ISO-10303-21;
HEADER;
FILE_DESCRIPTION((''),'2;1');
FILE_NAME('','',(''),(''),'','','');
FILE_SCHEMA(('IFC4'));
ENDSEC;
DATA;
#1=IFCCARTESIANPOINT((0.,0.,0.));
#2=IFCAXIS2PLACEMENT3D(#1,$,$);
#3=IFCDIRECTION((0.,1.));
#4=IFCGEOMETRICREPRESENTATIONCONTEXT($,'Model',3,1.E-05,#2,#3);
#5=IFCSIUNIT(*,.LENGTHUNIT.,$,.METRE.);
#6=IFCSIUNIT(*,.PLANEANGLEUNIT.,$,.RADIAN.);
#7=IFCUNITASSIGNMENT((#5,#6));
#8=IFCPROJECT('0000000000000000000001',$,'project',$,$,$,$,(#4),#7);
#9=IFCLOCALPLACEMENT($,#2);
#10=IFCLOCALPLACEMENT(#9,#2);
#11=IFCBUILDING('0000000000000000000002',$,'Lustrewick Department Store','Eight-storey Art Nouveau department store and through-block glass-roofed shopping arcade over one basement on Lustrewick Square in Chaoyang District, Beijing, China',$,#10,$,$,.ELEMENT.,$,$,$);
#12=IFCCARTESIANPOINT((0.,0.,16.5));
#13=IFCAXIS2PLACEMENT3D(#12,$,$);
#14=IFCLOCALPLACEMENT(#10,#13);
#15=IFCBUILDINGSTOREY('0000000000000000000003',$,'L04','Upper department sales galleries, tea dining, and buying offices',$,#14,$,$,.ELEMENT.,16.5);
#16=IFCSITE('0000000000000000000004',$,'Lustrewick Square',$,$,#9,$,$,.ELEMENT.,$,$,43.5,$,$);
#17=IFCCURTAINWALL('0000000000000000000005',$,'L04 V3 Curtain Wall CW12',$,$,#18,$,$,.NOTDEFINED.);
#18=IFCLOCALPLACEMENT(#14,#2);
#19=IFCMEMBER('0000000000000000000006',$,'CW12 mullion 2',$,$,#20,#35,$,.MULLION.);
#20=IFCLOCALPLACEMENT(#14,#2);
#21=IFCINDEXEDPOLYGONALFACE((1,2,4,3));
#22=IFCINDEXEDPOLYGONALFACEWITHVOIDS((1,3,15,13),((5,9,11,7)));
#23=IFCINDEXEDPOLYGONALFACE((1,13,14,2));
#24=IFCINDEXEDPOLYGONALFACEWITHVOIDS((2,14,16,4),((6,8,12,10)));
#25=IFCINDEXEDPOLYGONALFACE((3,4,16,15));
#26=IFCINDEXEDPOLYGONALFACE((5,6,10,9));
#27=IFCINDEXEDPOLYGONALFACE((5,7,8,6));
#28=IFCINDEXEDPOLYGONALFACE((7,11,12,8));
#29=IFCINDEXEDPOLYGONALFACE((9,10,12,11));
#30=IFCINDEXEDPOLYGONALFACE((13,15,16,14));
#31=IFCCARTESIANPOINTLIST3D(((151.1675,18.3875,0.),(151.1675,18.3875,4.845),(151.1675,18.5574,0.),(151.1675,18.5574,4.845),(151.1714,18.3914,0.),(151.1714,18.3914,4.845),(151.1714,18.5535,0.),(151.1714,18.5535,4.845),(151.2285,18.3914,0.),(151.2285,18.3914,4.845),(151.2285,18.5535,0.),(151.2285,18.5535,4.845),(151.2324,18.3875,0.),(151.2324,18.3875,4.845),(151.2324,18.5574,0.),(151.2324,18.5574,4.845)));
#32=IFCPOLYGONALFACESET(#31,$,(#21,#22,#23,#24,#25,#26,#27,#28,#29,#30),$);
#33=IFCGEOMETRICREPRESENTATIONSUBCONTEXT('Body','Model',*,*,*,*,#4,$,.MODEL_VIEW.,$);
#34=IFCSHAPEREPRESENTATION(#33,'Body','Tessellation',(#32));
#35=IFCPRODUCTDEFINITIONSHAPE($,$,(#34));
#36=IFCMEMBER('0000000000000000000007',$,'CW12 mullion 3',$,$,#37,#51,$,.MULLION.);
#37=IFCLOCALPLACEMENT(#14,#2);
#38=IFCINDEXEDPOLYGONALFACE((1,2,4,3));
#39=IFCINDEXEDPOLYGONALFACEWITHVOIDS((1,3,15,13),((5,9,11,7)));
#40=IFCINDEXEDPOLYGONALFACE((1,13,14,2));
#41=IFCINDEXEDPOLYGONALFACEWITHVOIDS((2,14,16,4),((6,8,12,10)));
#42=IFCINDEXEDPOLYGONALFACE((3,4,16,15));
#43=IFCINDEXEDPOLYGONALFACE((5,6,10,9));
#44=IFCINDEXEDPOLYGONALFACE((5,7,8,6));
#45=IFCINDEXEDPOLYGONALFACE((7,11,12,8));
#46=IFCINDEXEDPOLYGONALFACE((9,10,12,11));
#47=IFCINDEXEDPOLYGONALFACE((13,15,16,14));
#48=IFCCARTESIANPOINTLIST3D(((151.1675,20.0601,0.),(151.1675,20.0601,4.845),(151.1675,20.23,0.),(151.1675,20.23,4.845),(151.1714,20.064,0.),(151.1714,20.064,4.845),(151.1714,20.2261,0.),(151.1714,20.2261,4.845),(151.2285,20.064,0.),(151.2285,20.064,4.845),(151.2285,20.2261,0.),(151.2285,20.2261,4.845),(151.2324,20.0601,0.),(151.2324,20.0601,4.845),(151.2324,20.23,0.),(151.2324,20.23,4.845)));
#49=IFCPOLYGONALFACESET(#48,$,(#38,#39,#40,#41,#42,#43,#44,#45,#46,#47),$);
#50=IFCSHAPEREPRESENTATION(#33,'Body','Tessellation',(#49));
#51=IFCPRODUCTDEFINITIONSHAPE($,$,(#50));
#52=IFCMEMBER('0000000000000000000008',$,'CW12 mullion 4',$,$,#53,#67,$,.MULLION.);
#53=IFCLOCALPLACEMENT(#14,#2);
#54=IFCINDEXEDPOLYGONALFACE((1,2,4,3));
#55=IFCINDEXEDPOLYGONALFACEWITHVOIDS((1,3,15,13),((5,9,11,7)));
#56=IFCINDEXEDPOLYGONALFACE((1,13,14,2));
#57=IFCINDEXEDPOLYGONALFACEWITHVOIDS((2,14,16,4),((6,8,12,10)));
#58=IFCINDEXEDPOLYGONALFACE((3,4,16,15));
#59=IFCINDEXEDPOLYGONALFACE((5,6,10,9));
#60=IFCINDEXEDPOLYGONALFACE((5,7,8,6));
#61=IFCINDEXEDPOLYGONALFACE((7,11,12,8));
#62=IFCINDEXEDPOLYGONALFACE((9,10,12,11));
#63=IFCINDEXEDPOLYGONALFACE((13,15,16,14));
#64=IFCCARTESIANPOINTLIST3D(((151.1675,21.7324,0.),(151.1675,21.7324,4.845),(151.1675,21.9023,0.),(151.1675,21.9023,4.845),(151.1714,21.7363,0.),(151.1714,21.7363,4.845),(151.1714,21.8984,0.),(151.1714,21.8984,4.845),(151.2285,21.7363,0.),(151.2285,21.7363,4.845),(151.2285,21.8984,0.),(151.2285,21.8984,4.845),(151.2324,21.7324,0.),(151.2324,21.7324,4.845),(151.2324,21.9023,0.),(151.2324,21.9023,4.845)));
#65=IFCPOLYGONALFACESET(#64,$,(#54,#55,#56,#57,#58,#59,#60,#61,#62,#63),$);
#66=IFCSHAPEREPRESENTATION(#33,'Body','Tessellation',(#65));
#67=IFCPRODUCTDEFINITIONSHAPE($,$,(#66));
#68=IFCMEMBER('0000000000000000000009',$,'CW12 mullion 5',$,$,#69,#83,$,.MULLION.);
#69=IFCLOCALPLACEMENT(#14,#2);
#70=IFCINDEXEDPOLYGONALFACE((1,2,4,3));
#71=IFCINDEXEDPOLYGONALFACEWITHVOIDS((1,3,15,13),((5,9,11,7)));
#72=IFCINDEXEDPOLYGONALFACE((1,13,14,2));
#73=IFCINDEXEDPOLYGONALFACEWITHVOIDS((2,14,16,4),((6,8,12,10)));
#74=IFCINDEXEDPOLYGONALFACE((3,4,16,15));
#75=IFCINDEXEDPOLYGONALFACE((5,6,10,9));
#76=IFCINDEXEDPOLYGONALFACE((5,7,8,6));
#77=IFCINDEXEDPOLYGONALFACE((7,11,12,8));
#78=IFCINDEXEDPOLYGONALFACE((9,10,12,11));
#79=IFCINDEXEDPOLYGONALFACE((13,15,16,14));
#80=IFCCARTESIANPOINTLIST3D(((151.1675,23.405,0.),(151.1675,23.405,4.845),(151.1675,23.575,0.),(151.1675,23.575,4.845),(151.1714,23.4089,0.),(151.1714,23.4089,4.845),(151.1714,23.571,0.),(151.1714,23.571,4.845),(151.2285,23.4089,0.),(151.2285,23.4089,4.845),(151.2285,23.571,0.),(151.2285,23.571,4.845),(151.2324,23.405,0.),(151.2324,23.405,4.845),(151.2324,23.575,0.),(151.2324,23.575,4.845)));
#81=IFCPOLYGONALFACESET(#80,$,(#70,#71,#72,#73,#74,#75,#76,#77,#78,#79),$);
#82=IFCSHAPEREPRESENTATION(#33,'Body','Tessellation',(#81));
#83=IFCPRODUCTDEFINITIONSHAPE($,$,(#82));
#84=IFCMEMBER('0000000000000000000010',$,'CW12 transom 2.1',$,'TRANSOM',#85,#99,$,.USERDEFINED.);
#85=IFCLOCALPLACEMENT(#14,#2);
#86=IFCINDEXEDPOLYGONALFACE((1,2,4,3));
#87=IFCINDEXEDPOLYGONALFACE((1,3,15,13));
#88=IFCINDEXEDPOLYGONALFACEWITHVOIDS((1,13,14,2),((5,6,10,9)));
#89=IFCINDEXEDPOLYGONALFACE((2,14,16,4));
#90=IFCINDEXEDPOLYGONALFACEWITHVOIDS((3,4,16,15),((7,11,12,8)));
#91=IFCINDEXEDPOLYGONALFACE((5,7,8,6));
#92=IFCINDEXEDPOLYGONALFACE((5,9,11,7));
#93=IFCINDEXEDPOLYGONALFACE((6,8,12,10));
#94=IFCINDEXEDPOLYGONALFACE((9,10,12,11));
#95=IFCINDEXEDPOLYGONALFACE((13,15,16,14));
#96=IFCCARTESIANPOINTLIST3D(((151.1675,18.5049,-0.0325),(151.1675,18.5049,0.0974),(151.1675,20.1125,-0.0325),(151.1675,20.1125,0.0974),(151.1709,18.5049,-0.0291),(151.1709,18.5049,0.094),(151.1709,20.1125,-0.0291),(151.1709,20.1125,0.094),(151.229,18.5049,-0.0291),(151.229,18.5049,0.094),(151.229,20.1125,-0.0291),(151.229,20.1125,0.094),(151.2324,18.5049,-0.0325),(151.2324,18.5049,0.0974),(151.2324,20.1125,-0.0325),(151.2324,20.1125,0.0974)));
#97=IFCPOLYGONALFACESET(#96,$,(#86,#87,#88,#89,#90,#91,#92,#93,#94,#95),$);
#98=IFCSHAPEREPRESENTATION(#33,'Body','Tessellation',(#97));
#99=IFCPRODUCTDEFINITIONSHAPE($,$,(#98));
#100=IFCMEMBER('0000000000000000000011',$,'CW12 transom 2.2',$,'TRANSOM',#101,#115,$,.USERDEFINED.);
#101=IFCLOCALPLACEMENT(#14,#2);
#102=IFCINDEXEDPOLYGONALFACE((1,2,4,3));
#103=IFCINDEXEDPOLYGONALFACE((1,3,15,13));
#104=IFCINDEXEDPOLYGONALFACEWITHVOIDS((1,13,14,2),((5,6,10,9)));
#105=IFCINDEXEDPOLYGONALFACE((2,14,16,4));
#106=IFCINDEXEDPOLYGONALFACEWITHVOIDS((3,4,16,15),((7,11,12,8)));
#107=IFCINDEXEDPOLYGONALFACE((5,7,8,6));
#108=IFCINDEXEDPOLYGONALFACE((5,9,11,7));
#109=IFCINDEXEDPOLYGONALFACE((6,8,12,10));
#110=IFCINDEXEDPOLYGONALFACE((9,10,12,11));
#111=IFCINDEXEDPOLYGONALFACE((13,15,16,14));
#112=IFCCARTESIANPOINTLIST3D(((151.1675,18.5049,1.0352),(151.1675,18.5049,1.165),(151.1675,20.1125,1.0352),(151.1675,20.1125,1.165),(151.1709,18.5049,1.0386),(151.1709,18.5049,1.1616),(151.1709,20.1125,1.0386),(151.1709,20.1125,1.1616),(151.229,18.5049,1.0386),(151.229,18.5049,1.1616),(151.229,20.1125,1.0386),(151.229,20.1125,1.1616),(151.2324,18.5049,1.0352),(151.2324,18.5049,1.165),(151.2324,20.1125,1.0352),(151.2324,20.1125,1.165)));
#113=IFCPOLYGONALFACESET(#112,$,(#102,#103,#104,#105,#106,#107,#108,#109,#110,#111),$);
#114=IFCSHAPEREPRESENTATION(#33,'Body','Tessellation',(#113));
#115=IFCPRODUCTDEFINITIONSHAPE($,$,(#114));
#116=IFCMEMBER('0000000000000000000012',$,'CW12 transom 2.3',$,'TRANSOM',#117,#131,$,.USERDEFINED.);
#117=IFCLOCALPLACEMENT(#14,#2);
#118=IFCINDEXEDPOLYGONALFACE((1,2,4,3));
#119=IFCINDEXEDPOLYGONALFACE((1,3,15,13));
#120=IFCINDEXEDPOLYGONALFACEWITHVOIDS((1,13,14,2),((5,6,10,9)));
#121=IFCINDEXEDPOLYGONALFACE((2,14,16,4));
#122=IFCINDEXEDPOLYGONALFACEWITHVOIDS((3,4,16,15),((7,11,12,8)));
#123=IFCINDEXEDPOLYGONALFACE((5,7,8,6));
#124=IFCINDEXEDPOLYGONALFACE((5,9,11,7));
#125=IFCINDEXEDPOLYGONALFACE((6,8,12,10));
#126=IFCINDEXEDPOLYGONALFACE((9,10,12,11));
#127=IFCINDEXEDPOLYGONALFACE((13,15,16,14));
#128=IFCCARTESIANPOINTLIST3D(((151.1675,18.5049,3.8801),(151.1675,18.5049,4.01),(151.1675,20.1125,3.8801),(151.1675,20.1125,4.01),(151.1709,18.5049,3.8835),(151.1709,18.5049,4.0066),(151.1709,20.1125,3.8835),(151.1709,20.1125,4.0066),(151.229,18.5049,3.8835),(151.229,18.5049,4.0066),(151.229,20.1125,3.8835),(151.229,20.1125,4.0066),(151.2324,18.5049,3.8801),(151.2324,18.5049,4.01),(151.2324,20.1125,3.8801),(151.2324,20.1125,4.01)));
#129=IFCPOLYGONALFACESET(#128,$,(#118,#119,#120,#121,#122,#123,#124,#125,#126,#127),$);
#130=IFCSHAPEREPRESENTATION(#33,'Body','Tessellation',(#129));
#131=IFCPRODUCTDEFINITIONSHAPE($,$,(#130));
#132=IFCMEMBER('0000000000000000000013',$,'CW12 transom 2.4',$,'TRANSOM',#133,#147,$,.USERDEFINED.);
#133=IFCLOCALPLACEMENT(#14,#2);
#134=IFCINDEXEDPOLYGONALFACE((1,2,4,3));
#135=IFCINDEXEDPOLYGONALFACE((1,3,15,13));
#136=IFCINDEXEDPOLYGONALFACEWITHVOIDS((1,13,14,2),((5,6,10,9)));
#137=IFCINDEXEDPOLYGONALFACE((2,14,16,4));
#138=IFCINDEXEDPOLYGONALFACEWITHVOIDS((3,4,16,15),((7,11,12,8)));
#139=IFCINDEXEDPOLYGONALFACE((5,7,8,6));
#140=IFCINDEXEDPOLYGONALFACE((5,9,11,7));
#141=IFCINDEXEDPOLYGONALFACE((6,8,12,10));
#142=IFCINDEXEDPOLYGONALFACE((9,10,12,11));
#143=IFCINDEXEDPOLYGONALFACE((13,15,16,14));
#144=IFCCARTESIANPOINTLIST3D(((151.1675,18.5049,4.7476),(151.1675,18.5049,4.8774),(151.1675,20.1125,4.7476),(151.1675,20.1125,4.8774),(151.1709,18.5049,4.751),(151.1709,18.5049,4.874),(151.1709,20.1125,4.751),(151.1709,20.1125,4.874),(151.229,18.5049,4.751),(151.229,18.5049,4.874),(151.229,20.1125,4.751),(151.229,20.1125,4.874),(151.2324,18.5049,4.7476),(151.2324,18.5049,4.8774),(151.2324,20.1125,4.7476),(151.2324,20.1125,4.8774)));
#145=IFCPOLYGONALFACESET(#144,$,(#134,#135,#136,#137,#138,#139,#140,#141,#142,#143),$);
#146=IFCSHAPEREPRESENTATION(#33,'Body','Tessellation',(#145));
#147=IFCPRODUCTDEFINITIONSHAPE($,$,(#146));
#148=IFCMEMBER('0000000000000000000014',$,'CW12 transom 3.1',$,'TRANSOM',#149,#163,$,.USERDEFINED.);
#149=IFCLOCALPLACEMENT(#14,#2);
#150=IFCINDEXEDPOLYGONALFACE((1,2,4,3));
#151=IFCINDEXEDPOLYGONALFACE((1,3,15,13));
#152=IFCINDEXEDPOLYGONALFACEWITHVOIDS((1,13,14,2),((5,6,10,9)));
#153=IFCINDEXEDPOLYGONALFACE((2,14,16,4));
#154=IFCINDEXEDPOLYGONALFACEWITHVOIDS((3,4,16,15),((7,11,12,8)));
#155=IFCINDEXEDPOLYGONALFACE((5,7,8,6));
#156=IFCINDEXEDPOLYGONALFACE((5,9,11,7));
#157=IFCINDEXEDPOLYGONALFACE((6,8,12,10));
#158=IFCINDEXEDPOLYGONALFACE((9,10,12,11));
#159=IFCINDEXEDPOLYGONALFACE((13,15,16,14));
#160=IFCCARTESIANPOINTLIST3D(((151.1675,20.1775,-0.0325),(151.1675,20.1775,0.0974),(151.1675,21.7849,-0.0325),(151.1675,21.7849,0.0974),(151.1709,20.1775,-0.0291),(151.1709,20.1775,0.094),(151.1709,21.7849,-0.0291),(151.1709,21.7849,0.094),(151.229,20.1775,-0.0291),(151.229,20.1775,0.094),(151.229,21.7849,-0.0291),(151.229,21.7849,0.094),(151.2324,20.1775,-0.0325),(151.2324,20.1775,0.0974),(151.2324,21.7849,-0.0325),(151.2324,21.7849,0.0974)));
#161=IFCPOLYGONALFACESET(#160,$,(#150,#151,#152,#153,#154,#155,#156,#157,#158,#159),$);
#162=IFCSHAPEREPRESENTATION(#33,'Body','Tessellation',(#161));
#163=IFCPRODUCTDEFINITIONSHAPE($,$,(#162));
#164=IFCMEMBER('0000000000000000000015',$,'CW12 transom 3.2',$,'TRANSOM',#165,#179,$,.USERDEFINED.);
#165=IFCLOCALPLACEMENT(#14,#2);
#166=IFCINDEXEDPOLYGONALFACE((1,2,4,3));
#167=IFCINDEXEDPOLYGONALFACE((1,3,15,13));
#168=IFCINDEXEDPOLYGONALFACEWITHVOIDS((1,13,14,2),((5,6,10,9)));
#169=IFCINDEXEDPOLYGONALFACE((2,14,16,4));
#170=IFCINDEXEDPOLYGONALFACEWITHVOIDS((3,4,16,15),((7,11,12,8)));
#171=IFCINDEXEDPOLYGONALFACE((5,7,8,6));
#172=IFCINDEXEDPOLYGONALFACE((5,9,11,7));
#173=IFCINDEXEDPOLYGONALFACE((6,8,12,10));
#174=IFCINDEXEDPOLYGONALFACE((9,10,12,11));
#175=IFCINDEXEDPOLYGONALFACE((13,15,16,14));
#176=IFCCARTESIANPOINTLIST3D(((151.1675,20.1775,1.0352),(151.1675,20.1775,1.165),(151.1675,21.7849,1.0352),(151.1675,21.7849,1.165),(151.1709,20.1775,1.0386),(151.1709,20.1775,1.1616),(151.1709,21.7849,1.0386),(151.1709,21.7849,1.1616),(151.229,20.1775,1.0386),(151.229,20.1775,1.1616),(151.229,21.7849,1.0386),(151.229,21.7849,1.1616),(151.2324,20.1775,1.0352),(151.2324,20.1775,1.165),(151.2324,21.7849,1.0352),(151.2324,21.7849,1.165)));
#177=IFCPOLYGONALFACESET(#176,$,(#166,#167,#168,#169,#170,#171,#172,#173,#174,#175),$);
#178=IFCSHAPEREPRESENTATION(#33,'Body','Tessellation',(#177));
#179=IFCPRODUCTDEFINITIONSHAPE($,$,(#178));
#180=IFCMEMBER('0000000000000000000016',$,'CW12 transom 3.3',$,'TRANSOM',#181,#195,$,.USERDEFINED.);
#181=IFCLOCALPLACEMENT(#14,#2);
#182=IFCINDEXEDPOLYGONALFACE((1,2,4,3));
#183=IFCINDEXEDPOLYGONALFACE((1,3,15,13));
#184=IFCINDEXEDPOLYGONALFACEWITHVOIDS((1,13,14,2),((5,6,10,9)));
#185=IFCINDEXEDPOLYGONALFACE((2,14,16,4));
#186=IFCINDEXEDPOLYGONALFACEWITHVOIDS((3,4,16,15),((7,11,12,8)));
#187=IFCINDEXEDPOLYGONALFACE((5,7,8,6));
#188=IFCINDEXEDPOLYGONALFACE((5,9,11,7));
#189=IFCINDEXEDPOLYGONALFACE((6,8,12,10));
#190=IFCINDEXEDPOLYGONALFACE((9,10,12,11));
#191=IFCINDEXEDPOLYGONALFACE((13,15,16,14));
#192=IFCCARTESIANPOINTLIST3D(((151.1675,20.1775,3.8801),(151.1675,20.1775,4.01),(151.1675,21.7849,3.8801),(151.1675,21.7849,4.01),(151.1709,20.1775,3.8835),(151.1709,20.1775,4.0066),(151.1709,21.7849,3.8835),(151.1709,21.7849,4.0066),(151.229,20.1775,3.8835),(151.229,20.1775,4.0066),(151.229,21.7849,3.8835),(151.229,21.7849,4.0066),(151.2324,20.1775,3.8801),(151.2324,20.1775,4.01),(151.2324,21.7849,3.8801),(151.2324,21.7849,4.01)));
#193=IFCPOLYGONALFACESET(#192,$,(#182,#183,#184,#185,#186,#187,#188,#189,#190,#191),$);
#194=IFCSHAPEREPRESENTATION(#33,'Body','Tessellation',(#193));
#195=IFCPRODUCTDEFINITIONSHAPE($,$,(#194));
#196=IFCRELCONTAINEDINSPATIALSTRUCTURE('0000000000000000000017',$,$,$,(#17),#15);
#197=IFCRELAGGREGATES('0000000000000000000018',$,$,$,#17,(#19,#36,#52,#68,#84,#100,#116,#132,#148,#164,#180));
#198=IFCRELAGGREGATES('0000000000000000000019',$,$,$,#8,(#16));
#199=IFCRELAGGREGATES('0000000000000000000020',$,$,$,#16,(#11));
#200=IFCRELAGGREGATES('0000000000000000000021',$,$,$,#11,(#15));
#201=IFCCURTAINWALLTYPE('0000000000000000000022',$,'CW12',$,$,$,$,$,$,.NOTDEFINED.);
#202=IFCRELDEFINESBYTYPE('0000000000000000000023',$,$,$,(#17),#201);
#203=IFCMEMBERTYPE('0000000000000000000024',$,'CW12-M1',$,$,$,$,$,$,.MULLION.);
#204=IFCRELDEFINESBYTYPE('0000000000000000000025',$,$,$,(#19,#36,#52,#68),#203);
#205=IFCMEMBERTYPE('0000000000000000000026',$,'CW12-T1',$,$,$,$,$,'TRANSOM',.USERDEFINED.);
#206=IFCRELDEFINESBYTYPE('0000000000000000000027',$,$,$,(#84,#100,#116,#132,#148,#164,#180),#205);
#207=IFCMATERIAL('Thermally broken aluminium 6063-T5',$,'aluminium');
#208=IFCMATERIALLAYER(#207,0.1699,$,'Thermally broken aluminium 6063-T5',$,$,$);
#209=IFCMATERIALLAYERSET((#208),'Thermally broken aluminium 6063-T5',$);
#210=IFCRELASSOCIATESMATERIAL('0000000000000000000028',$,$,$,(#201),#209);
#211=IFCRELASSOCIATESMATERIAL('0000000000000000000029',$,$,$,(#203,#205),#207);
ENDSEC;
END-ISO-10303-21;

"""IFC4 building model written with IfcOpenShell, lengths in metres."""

from ifc_helpers import new_model, si_unit, direction, frame, origin, origin_2d, place, context, subcontext, project, spatial, hollow_rectangle, extrude, material, layer, layer_set, material_profile, profile_set, type_object, element, aggregate, save


model = new_model("IFC4")

# Units and contexts
model_context = context("Model", 3, precision=1e-05, world=origin(), true_north=direction((0.0, 1.0)))
body_context = subcontext(model_context, "Body", "Model", "MODEL_VIEW")
ifc_project = project(units=[si_unit("LENGTHUNIT", "METRE"), si_unit("PLANEANGLEUNIT", "RADIAN")], contexts=[model_context])

# Site, building, storey
site_placement = place(None, origin())
site = spatial("IfcSite", under=ifc_project, at=site_placement, Name="Lustrewick Square", CompositionType="ELEMENT", RefElevation=43.5)
building_placement = place(site_placement, origin())
building = spatial("IfcBuilding", under=site, at=building_placement, Name="Lustrewick Department Store", Description="Eight-storey Art Nouveau department store and through-block glass-roofed shopping arcade over one basement on Lustrewick Square in Chaoyang District, Beijing, China", CompositionType="ELEMENT")
storey_placement = place(building_placement, frame((0.0, 0.0, 16.5)))
storey = spatial("IfcBuildingStorey", under=building, at=storey_placement, Name="L04", Description="Upper department sales galleries, tea dining, and buying offices", CompositionType="ELEMENT", Elevation=16.5)

# Curtain wall, members
ifc_material_1 = material(Name="Thermally broken aluminium 6063-T5", Category="aluminium")
ifc_layer_1 = layer(ifc_material_1, 0.1699, Name="Thermally broken aluminium 6063-T5")
ifc_layer_set_1 = layer_set([ifc_layer_1], Name="Thermally broken aluminium 6063-T5")
curtain_wall_type = type_object("IfcCurtainWallType", Name="CW12", PredefinedType="NOTDEFINED", material=ifc_layer_set_1)
curtain_wall_placement = place(storey_placement, origin())
curtain_wall = element("IfcCurtainWall", 1, at=curtain_wall_placement, inside=storey, type_object=curtain_wall_type, Name="L04 V3 Curtain Wall CW12", PredefinedType="NOTDEFINED")
ifc_material_profile_1 = material_profile(ifc_material_1, hollow_rectangle(XDim=0.0649, YDim=0.1699, WallThickness=0.0039, at=origin_2d()), Name="ALU-M 65x170x4")
ifc_profile_set_1 = profile_set([ifc_material_profile_1], Name="Thermally broken aluminium 6063-T5")
member_type_1 = type_object("IfcMemberType", Name="CW12-M1", PredefinedType="MULLION", material=ifc_profile_set_1)
member_1_placement = place(storey_placement, frame((151.2, 18.4724, 0.0), z_axis=(0.0, 0.0, 1.0), x_axis=(-1.0, 0.0, 0.0)))
member_1 = element("IfcMember", 2, at=member_1_placement, type_object=member_type_1, Name="CW12 mullion 2", PredefinedType="MULLION", context=body_context, shape_type="SweptSolid", body=[
    extrude(hollow_rectangle(XDim=0.0649, YDim=0.1699, WallThickness=0.0039, at=origin_2d()), origin(), (0.0, 0.0, 1.0), 4.845),
])
member_2_placement = place(storey_placement, frame((151.2, 20.145, 0.0), z_axis=(0.0, 0.0, 1.0), x_axis=(-1.0, 0.0, 0.0)))
member_2 = element("IfcMember", 3, at=member_2_placement, type_object=member_type_1, Name="CW12 mullion 3", PredefinedType="MULLION", context=body_context, shape_type="SweptSolid", body=[
    extrude(hollow_rectangle(XDim=0.0649, YDim=0.1699, WallThickness=0.0039, at=origin_2d()), origin(), (0.0, 0.0, 1.0), 4.845),
])
member_3_placement = place(storey_placement, frame((151.2, 21.8174, 0.0), z_axis=(0.0, 0.0, 1.0), x_axis=(-1.0, 0.0, 0.0)))
member_3 = element("IfcMember", 4, at=member_3_placement, type_object=member_type_1, Name="CW12 mullion 4", PredefinedType="MULLION", context=body_context, shape_type="SweptSolid", body=[
    extrude(hollow_rectangle(XDim=0.0649, YDim=0.1699, WallThickness=0.0039, at=origin_2d()), origin(), (0.0, 0.0, 1.0), 4.845),
])
member_4_placement = place(storey_placement, frame((151.2, 23.49, 0.0), z_axis=(0.0, 0.0, 1.0), x_axis=(-1.0, 0.0, 0.0)))
member_4 = element("IfcMember", 5, at=member_4_placement, type_object=member_type_1, Name="CW12 mullion 5", PredefinedType="MULLION", context=body_context, shape_type="SweptSolid", body=[
    extrude(hollow_rectangle(XDim=0.0649, YDim=0.1699, WallThickness=0.0039, at=origin_2d()), origin(), (0.0, 0.0, 1.0), 4.845),
])
ifc_material_profile_2 = material_profile(ifc_material_1, hollow_rectangle(XDim=0.0649, YDim=0.1299, WallThickness=0.0034, at=origin_2d()), Name="ALU-T 65x130x3.5")
ifc_profile_set_2 = profile_set([ifc_material_profile_2], Name="Thermally broken aluminium 6063-T5")
member_type_2 = type_object("IfcMemberType", Name="CW12-T1", ElementType="TRANSOM", PredefinedType="USERDEFINED", material=ifc_profile_set_2)
member_5_placement = place(storey_placement, frame((151.2, 18.5049, 0.0325), z_axis=(0.0, 1.0, 0.0), x_axis=(-1.0, 0.0, 0.0)))
member_5 = element("IfcMember", 6, at=member_5_placement, type_object=member_type_2, Name="CW12 transom 2.1", ObjectType="TRANSOM", PredefinedType="USERDEFINED", context=body_context, shape_type="SweptSolid", body=[
    extrude(hollow_rectangle(XDim=0.0649, YDim=0.1299, WallThickness=0.0034, at=origin_2d()), origin(), (0.0, 0.0, 1.0), 1.6077),
])
member_6_placement = place(storey_placement, frame((151.2, 18.5049, 1.1001), z_axis=(0.0, 1.0, 0.0), x_axis=(-1.0, 0.0, 0.0)))
member_6 = element("IfcMember", 7, at=member_6_placement, type_object=member_type_2, Name="CW12 transom 2.2", ObjectType="TRANSOM", PredefinedType="USERDEFINED", context=body_context, shape_type="SweptSolid", body=[
    extrude(hollow_rectangle(XDim=0.0649, YDim=0.1299, WallThickness=0.0034, at=origin_2d()), origin(), (0.0, 0.0, 1.0), 1.6077),
])
member_7_placement = place(storey_placement, frame((151.2, 18.5049, 3.9451), z_axis=(0.0, 1.0, 0.0), x_axis=(-1.0, 0.0, 0.0)))
member_7 = element("IfcMember", 8, at=member_7_placement, type_object=member_type_2, Name="CW12 transom 2.3", ObjectType="TRANSOM", PredefinedType="USERDEFINED", context=body_context, shape_type="SweptSolid", body=[
    extrude(hollow_rectangle(XDim=0.0649, YDim=0.1299, WallThickness=0.0034, at=origin_2d()), origin(), (0.0, 0.0, 1.0), 1.6077),
])
member_8_placement = place(storey_placement, frame((151.2, 18.5049, 4.8125), z_axis=(0.0, 1.0, 0.0), x_axis=(-1.0, 0.0, 0.0)))
member_8 = element("IfcMember", 9, at=member_8_placement, type_object=member_type_2, Name="CW12 transom 2.4", ObjectType="TRANSOM", PredefinedType="USERDEFINED", context=body_context, shape_type="SweptSolid", body=[
    extrude(hollow_rectangle(XDim=0.0649, YDim=0.1299, WallThickness=0.0034, at=origin_2d()), origin(), (0.0, 0.0, 1.0), 1.6077),
])
member_9_placement = place(storey_placement, frame((151.2, 20.1775, 0.0325), z_axis=(0.0, 1.0, 0.0), x_axis=(-1.0, 0.0, 0.0)))
member_9 = element("IfcMember", 10, at=member_9_placement, type_object=member_type_2, Name="CW12 transom 3.1", ObjectType="TRANSOM", PredefinedType="USERDEFINED", context=body_context, shape_type="SweptSolid", body=[
    extrude(hollow_rectangle(XDim=0.0649, YDim=0.1299, WallThickness=0.0034, at=origin_2d()), origin(), (0.0, 0.0, 1.0), 1.6074),
])
member_10_placement = place(storey_placement, frame((151.2, 20.1775, 1.1001), z_axis=(0.0, 1.0, 0.0), x_axis=(-1.0, 0.0, 0.0)))
member_10 = element("IfcMember", 11, at=member_10_placement, type_object=member_type_2, Name="CW12 transom 3.2", ObjectType="TRANSOM", PredefinedType="USERDEFINED", context=body_context, shape_type="SweptSolid", body=[
    extrude(hollow_rectangle(XDim=0.0649, YDim=0.1299, WallThickness=0.0034, at=origin_2d()), origin(), (0.0, 0.0, 1.0), 1.6074),
])
member_11_placement = place(storey_placement, frame((151.2, 20.1775, 3.9451), z_axis=(0.0, 1.0, 0.0), x_axis=(-1.0, 0.0, 0.0)))
member_11 = element("IfcMember", 12, at=member_11_placement, type_object=member_type_2, Name="CW12 transom 3.3", ObjectType="TRANSOM", PredefinedType="USERDEFINED", context=body_context, shape_type="SweptSolid", body=[
    extrude(hollow_rectangle(XDim=0.0649, YDim=0.1299, WallThickness=0.0034, at=origin_2d()), origin(), (0.0, 0.0, 1.0), 1.6074),
])
aggregate(curtain_wall, [member_1, member_2, member_3, member_4, member_5, member_6, member_7, member_8, member_9, member_10, member_11])

save(model, "model.ifc")
